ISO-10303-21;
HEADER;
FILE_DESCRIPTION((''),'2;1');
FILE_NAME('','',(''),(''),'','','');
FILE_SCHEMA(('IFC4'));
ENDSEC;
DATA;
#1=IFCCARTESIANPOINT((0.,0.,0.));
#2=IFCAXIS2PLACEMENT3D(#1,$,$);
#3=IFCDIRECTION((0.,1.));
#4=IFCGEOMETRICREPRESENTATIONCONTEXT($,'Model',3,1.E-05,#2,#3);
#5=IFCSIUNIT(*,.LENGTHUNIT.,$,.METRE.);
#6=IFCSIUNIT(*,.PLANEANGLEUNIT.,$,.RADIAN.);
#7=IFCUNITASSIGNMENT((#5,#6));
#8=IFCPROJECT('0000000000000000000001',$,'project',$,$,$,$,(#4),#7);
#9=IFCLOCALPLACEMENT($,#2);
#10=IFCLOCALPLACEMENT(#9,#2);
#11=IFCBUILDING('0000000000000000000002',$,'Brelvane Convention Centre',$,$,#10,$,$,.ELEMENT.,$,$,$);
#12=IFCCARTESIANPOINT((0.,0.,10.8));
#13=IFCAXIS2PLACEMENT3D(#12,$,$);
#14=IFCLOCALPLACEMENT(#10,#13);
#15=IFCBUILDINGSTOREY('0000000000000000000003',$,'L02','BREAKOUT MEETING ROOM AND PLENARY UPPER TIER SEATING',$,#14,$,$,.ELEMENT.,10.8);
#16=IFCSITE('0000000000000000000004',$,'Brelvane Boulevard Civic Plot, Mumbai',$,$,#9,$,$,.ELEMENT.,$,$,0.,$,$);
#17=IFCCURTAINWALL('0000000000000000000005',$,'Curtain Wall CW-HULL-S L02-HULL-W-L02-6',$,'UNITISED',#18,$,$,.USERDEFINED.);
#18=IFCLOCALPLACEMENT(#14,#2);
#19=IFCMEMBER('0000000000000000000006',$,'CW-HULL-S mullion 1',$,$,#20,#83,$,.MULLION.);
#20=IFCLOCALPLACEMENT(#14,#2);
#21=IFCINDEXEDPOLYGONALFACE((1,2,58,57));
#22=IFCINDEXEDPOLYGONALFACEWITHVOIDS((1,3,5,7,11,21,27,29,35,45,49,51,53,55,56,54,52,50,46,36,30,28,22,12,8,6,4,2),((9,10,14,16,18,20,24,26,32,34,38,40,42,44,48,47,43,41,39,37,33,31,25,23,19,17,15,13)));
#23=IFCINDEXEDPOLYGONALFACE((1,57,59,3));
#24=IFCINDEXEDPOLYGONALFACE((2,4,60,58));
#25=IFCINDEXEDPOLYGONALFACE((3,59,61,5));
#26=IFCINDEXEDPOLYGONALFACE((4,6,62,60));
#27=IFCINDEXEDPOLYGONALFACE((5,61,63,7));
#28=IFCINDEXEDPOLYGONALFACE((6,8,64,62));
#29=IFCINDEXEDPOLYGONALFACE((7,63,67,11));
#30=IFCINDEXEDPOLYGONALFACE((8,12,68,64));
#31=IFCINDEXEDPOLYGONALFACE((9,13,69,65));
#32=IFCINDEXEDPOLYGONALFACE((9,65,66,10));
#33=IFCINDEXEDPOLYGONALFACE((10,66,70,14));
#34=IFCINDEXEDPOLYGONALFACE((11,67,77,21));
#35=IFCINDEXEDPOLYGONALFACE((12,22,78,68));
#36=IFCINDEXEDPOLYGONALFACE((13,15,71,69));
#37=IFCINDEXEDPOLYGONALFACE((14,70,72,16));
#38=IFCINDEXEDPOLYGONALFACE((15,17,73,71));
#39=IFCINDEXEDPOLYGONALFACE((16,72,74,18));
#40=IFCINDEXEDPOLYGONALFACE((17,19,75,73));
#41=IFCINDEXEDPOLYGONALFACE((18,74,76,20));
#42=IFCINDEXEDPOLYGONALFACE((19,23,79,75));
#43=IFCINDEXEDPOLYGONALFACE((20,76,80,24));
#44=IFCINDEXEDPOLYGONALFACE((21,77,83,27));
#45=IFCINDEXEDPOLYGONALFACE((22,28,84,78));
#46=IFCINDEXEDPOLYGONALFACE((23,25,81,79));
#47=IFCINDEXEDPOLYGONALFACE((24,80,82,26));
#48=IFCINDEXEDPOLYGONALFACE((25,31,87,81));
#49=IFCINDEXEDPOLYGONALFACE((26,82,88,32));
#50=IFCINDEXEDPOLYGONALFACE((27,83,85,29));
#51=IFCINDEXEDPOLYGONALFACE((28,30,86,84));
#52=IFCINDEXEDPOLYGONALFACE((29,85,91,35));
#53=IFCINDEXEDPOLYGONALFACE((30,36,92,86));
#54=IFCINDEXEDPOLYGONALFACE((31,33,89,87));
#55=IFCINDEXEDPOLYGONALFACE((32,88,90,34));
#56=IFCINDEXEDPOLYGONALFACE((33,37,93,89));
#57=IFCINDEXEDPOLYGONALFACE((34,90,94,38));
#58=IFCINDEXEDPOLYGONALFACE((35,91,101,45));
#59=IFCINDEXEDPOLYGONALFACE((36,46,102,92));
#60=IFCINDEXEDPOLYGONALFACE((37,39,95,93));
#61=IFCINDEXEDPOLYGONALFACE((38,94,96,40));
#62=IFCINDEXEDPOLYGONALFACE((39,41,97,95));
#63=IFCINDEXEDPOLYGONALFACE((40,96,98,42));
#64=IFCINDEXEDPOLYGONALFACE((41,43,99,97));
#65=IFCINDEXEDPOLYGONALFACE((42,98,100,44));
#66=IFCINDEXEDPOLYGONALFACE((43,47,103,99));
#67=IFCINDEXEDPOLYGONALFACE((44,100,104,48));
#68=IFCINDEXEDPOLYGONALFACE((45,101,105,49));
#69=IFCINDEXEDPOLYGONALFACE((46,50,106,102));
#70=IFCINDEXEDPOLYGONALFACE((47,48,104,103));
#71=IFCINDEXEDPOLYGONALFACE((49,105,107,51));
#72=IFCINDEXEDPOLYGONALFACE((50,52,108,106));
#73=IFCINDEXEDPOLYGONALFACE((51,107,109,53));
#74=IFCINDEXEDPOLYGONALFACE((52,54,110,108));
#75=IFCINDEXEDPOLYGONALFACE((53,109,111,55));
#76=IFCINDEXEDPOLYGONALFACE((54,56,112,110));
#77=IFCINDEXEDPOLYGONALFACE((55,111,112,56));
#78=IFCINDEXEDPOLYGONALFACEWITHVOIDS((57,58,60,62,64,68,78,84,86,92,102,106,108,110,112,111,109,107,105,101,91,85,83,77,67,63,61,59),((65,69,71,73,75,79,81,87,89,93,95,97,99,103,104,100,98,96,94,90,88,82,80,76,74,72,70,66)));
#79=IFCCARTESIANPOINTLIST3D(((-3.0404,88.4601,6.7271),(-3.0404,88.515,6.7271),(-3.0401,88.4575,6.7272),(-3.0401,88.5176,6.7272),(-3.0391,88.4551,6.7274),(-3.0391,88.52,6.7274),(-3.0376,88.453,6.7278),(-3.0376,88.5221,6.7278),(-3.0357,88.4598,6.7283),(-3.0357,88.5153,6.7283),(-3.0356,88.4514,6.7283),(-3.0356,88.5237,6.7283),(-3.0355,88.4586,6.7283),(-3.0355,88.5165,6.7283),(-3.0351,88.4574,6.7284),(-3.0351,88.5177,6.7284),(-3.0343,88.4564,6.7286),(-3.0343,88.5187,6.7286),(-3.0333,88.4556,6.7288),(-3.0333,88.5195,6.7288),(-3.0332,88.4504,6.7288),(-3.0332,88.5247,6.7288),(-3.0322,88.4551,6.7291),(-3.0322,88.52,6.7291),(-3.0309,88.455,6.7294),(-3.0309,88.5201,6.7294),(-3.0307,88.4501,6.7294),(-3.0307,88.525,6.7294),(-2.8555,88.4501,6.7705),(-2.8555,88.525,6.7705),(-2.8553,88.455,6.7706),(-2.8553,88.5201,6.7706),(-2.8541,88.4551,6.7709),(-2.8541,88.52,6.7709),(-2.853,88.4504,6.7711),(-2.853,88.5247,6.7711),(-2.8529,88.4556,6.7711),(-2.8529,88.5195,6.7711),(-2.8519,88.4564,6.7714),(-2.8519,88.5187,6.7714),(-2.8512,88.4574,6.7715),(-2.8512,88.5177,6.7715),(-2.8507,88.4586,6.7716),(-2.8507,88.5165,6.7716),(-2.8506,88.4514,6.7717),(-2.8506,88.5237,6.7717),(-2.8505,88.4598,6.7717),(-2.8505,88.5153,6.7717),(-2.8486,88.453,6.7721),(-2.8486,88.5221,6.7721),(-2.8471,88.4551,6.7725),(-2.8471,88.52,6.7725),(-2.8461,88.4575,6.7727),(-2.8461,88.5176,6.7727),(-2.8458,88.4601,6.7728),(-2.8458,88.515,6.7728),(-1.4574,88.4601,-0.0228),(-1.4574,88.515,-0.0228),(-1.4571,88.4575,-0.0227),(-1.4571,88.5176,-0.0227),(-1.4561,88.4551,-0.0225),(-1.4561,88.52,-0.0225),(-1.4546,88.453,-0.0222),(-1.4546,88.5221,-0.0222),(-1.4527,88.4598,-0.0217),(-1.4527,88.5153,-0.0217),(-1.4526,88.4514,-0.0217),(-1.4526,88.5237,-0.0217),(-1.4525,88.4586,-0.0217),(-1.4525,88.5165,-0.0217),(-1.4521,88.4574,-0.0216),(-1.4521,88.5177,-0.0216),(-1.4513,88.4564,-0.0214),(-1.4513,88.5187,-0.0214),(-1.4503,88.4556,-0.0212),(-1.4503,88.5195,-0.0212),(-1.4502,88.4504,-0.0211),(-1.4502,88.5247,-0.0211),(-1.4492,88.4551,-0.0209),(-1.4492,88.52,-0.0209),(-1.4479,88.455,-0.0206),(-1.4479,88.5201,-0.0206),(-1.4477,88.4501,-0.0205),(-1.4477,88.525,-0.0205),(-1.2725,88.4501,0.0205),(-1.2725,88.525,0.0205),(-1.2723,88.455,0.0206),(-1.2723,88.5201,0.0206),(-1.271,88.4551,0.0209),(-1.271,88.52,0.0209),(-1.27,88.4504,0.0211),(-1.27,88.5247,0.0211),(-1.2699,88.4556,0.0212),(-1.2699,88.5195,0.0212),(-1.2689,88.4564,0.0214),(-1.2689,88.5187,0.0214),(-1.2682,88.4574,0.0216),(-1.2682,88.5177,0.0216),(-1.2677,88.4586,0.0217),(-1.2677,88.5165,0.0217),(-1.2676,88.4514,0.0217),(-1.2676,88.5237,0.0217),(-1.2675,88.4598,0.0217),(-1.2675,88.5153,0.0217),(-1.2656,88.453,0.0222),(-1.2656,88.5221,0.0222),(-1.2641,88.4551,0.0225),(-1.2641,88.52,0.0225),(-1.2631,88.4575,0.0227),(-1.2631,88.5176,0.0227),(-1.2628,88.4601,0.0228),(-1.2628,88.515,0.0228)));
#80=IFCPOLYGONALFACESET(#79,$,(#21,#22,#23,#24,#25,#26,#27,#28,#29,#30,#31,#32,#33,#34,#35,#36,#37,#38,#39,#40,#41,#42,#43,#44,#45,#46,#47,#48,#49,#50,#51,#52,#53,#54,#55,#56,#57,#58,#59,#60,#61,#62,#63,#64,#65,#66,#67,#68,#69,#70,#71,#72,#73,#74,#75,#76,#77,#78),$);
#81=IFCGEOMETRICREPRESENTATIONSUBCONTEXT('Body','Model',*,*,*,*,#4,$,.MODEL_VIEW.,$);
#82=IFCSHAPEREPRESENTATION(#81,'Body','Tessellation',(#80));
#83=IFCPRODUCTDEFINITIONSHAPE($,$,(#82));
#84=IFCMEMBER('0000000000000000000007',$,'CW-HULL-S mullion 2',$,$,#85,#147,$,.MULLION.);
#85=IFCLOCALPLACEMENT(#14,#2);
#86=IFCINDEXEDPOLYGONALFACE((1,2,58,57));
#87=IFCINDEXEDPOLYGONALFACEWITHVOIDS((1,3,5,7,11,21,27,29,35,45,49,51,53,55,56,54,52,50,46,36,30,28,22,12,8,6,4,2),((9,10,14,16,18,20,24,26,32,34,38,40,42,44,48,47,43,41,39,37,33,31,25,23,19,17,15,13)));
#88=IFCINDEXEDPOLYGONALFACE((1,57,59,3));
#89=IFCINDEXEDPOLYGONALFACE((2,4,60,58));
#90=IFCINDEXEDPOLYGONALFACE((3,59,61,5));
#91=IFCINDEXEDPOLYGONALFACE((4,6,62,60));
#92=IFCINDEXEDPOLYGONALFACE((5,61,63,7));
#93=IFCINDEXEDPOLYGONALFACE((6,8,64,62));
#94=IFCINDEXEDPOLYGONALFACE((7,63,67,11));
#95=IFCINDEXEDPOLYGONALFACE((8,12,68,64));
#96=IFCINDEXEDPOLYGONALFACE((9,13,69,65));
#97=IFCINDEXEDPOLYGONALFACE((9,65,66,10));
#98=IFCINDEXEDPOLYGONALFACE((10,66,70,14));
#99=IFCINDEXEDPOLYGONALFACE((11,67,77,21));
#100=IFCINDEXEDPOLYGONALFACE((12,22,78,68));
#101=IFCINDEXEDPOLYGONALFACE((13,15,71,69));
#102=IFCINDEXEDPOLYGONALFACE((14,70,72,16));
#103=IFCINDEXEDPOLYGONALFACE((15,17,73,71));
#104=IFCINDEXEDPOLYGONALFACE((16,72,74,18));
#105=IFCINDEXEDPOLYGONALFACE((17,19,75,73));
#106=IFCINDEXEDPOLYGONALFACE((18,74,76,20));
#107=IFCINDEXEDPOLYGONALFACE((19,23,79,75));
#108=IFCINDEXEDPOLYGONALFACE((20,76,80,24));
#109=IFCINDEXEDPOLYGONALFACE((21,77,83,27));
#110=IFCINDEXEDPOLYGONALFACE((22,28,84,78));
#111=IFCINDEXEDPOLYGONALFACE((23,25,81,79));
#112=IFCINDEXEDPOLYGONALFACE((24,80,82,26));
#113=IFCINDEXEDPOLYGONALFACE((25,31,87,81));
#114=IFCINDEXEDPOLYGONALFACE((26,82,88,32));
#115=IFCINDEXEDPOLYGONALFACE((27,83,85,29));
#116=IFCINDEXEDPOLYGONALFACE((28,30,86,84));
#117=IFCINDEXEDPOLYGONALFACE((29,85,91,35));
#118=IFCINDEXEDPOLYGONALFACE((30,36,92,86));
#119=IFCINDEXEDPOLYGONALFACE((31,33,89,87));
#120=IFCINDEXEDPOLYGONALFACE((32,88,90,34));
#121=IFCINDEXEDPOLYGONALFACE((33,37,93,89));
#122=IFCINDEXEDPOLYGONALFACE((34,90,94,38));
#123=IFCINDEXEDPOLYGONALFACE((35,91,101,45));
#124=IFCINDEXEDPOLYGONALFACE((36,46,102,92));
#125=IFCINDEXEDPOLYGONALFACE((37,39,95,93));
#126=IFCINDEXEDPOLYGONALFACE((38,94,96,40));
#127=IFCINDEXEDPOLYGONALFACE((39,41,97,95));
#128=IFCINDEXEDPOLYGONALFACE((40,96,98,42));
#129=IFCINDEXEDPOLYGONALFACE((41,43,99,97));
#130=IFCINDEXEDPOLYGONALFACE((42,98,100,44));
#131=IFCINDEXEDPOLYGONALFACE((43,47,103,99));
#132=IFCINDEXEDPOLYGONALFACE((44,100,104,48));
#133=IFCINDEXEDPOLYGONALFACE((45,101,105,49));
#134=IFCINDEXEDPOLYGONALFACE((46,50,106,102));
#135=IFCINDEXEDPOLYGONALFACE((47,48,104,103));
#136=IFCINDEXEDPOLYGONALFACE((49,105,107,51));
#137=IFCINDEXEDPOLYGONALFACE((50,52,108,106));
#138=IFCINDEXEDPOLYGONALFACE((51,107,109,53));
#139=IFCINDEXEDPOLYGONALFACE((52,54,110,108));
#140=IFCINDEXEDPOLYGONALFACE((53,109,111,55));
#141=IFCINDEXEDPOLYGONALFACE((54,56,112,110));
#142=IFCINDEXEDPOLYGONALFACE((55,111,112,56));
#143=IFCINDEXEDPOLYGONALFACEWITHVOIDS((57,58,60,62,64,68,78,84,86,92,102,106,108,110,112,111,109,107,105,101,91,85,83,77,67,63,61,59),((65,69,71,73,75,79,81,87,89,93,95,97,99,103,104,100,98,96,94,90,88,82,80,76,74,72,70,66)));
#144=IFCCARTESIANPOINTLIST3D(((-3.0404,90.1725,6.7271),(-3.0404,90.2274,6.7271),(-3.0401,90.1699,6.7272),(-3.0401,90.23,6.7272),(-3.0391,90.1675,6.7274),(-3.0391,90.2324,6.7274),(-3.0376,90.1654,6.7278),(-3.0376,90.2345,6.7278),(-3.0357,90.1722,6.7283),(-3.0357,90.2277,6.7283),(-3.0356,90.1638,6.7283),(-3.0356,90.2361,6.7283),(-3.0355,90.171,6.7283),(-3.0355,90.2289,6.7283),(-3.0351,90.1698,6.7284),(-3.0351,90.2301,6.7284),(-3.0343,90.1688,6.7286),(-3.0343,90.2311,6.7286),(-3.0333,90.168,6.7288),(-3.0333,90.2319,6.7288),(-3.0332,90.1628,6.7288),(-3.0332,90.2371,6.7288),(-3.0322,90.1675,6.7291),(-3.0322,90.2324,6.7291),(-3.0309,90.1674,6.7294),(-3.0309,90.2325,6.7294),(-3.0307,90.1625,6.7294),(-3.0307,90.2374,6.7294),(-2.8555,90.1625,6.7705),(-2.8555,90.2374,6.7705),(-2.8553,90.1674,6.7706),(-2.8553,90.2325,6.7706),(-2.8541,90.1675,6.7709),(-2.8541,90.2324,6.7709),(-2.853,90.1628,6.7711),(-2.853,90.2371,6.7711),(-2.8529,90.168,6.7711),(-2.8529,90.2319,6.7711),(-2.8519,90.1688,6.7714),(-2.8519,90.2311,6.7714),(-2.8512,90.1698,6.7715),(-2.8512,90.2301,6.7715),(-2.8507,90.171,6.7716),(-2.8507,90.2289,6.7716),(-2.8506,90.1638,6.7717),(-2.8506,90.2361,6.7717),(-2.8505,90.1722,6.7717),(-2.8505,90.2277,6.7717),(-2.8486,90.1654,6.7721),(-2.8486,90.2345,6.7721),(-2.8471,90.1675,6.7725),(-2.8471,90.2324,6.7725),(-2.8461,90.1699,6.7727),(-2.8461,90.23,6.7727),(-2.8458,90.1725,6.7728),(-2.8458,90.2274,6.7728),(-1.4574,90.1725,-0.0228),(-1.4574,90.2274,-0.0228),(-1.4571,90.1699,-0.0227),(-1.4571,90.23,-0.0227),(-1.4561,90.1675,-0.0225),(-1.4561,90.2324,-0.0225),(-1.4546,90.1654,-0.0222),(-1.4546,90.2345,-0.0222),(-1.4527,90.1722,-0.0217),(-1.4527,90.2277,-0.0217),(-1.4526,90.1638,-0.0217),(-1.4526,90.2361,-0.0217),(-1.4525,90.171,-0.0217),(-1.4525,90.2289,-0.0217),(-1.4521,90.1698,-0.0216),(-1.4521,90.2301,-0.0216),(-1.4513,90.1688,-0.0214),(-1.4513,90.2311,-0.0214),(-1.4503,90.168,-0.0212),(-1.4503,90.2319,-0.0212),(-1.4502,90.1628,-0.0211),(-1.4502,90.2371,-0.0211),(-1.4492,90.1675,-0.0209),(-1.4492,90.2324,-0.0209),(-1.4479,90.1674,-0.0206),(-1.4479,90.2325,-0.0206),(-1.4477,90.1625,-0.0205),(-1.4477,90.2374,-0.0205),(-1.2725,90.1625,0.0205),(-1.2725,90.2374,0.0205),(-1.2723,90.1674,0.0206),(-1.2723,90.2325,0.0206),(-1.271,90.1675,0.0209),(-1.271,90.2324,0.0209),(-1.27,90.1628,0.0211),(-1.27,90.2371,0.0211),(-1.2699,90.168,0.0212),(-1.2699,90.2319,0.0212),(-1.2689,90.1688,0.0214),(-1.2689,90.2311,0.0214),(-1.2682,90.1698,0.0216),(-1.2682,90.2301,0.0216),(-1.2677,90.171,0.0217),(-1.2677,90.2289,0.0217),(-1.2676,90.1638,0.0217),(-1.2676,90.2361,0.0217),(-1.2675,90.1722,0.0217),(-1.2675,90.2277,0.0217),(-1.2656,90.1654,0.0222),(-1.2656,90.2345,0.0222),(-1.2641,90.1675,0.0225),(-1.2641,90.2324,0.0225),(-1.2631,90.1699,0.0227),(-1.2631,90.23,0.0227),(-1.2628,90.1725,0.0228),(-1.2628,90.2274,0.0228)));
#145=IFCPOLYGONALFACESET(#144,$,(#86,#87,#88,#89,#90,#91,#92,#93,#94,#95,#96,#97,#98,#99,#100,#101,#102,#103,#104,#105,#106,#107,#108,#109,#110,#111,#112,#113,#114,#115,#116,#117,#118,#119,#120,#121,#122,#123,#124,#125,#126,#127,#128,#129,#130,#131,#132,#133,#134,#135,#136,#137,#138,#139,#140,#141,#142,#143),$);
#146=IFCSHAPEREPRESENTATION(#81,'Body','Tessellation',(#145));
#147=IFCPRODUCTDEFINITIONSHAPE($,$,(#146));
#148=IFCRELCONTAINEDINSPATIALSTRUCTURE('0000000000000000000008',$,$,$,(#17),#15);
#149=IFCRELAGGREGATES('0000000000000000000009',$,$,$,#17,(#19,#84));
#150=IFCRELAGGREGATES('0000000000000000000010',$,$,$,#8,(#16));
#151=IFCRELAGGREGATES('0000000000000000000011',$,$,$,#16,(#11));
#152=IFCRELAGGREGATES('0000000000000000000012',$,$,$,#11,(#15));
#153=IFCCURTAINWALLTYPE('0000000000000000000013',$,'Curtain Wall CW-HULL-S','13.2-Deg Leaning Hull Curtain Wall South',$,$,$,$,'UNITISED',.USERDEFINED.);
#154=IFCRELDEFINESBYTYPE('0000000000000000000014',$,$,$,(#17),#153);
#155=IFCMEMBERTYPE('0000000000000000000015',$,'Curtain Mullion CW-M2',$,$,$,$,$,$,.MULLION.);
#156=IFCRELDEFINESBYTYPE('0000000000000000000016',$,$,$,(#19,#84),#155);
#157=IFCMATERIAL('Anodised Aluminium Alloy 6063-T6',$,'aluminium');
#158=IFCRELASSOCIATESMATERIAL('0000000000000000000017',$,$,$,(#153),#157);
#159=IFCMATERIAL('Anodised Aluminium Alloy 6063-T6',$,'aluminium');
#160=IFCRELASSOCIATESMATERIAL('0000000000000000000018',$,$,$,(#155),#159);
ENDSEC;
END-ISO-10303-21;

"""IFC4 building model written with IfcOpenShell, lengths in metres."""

from ifc_helpers import new_model, si_unit, direction, frame, origin, origin_2d, place, context, subcontext, project, spatial, hollow_rectangle, extrude, material, material_profile, profile_set, type_object, element, aggregate, save


model = new_model("IFC4")

# Units and contexts
model_context = context("Model", 3, precision=1e-05, world=origin(), true_north=direction((0.0, 1.0)))
body_context = subcontext(model_context, "Body", "Model", "MODEL_VIEW")
ifc_project = project(units=[si_unit("LENGTHUNIT", "METRE"), si_unit("PLANEANGLEUNIT", "RADIAN")], contexts=[model_context])

# Site, building, storey
site_placement = place(None, origin())
site = spatial("IfcSite", under=ifc_project, at=site_placement, Name="Brelvane Boulevard Civic Plot, Mumbai", CompositionType="ELEMENT", RefElevation=0.0)
building_placement = place(site_placement, origin())
building = spatial("IfcBuilding", under=site, at=building_placement, Name="Brelvane Convention Centre", CompositionType="ELEMENT")
storey_placement = place(building_placement, frame((0.0, 0.0, 10.8)))
storey = spatial("IfcBuildingStorey", under=building, at=storey_placement, Name="L02", Description="BREAKOUT MEETING ROOM AND PLENARY UPPER TIER SEATING", CompositionType="ELEMENT", Elevation=10.8)

# Curtain wall, members
ifc_material_1 = material(Name="Anodised Aluminium Alloy 6063-T6", Category="aluminium")
curtain_wall_type = type_object("IfcCurtainWallType", Name="Curtain Wall CW-HULL-S", Description="13.2-Deg Leaning Hull Curtain Wall South", ElementType="UNITISED", PredefinedType="USERDEFINED", material=ifc_material_1)
ifc_material_2 = material(Name="Anodised Aluminium Alloy 6063-T6", Category="aluminium")
ifc_material_profile_1 = material_profile(ifc_material_2, hollow_rectangle(XDim=0.075, YDim=0.2, WallThickness=0.0049, InnerFilletRadius=0.0049, OuterFilletRadius=0.01, at=origin_2d()), Name="ALU-M 200x75x5.0")
ifc_profile_set_1 = profile_set([ifc_material_profile_1], Name="Anodised Aluminium Alloy 6063-T6")
member_type_1 = type_object("IfcMemberType", Name="Curtain Mullion CW-M2", PredefinedType="MULLION", material=ifc_profile_set_1)
curtain_wall_1_placement = place(storey_placement, origin())
curtain_wall_1 = element("IfcCurtainWall", 1, at=curtain_wall_1_placement, inside=storey, type_object=curtain_wall_type, Name="Curtain Wall CW-HULL-S L02-HULL-W-L02-6", ObjectType="UNITISED", PredefinedType="USERDEFINED")
member_1_placement = place(storey_placement, frame((-1.3601, 88.4875, 0.0), z_axis=(-0.228325, 0.0, 0.973585), x_axis=(0.0, -1.0, 0.0)))
member_1 = element("IfcMember", 2, at=member_1_placement, type_object=member_type_1, Name="CW-HULL-S mullion 1", PredefinedType="MULLION", context=body_context, shape_type="SweptSolid", body=[
    extrude(hollow_rectangle(XDim=0.075, YDim=0.2, WallThickness=0.0049, InnerFilletRadius=0.0049, OuterFilletRadius=0.01, at=origin_2d()), origin(), (0.0, 0.0, 1.0), 6.9331),
])
member_2_placement = place(storey_placement, frame((-1.3601, 90.2, 0.0), z_axis=(-0.228325, 0.0, 0.973585), x_axis=(0.0, -1.0, 0.0)))
member_2 = element("IfcMember", 3, at=member_2_placement, type_object=member_type_1, Name="CW-HULL-S mullion 2", PredefinedType="MULLION", context=body_context, shape_type="SweptSolid", body=[
    extrude(hollow_rectangle(XDim=0.075, YDim=0.2, WallThickness=0.0049, InnerFilletRadius=0.0049, OuterFilletRadius=0.01, at=origin_2d()), origin(), (0.0, 0.0, 1.0), 6.9331),
])

aggregate(curtain_wall_1, [member_1, member_2])

save(model, "model.ifc")
